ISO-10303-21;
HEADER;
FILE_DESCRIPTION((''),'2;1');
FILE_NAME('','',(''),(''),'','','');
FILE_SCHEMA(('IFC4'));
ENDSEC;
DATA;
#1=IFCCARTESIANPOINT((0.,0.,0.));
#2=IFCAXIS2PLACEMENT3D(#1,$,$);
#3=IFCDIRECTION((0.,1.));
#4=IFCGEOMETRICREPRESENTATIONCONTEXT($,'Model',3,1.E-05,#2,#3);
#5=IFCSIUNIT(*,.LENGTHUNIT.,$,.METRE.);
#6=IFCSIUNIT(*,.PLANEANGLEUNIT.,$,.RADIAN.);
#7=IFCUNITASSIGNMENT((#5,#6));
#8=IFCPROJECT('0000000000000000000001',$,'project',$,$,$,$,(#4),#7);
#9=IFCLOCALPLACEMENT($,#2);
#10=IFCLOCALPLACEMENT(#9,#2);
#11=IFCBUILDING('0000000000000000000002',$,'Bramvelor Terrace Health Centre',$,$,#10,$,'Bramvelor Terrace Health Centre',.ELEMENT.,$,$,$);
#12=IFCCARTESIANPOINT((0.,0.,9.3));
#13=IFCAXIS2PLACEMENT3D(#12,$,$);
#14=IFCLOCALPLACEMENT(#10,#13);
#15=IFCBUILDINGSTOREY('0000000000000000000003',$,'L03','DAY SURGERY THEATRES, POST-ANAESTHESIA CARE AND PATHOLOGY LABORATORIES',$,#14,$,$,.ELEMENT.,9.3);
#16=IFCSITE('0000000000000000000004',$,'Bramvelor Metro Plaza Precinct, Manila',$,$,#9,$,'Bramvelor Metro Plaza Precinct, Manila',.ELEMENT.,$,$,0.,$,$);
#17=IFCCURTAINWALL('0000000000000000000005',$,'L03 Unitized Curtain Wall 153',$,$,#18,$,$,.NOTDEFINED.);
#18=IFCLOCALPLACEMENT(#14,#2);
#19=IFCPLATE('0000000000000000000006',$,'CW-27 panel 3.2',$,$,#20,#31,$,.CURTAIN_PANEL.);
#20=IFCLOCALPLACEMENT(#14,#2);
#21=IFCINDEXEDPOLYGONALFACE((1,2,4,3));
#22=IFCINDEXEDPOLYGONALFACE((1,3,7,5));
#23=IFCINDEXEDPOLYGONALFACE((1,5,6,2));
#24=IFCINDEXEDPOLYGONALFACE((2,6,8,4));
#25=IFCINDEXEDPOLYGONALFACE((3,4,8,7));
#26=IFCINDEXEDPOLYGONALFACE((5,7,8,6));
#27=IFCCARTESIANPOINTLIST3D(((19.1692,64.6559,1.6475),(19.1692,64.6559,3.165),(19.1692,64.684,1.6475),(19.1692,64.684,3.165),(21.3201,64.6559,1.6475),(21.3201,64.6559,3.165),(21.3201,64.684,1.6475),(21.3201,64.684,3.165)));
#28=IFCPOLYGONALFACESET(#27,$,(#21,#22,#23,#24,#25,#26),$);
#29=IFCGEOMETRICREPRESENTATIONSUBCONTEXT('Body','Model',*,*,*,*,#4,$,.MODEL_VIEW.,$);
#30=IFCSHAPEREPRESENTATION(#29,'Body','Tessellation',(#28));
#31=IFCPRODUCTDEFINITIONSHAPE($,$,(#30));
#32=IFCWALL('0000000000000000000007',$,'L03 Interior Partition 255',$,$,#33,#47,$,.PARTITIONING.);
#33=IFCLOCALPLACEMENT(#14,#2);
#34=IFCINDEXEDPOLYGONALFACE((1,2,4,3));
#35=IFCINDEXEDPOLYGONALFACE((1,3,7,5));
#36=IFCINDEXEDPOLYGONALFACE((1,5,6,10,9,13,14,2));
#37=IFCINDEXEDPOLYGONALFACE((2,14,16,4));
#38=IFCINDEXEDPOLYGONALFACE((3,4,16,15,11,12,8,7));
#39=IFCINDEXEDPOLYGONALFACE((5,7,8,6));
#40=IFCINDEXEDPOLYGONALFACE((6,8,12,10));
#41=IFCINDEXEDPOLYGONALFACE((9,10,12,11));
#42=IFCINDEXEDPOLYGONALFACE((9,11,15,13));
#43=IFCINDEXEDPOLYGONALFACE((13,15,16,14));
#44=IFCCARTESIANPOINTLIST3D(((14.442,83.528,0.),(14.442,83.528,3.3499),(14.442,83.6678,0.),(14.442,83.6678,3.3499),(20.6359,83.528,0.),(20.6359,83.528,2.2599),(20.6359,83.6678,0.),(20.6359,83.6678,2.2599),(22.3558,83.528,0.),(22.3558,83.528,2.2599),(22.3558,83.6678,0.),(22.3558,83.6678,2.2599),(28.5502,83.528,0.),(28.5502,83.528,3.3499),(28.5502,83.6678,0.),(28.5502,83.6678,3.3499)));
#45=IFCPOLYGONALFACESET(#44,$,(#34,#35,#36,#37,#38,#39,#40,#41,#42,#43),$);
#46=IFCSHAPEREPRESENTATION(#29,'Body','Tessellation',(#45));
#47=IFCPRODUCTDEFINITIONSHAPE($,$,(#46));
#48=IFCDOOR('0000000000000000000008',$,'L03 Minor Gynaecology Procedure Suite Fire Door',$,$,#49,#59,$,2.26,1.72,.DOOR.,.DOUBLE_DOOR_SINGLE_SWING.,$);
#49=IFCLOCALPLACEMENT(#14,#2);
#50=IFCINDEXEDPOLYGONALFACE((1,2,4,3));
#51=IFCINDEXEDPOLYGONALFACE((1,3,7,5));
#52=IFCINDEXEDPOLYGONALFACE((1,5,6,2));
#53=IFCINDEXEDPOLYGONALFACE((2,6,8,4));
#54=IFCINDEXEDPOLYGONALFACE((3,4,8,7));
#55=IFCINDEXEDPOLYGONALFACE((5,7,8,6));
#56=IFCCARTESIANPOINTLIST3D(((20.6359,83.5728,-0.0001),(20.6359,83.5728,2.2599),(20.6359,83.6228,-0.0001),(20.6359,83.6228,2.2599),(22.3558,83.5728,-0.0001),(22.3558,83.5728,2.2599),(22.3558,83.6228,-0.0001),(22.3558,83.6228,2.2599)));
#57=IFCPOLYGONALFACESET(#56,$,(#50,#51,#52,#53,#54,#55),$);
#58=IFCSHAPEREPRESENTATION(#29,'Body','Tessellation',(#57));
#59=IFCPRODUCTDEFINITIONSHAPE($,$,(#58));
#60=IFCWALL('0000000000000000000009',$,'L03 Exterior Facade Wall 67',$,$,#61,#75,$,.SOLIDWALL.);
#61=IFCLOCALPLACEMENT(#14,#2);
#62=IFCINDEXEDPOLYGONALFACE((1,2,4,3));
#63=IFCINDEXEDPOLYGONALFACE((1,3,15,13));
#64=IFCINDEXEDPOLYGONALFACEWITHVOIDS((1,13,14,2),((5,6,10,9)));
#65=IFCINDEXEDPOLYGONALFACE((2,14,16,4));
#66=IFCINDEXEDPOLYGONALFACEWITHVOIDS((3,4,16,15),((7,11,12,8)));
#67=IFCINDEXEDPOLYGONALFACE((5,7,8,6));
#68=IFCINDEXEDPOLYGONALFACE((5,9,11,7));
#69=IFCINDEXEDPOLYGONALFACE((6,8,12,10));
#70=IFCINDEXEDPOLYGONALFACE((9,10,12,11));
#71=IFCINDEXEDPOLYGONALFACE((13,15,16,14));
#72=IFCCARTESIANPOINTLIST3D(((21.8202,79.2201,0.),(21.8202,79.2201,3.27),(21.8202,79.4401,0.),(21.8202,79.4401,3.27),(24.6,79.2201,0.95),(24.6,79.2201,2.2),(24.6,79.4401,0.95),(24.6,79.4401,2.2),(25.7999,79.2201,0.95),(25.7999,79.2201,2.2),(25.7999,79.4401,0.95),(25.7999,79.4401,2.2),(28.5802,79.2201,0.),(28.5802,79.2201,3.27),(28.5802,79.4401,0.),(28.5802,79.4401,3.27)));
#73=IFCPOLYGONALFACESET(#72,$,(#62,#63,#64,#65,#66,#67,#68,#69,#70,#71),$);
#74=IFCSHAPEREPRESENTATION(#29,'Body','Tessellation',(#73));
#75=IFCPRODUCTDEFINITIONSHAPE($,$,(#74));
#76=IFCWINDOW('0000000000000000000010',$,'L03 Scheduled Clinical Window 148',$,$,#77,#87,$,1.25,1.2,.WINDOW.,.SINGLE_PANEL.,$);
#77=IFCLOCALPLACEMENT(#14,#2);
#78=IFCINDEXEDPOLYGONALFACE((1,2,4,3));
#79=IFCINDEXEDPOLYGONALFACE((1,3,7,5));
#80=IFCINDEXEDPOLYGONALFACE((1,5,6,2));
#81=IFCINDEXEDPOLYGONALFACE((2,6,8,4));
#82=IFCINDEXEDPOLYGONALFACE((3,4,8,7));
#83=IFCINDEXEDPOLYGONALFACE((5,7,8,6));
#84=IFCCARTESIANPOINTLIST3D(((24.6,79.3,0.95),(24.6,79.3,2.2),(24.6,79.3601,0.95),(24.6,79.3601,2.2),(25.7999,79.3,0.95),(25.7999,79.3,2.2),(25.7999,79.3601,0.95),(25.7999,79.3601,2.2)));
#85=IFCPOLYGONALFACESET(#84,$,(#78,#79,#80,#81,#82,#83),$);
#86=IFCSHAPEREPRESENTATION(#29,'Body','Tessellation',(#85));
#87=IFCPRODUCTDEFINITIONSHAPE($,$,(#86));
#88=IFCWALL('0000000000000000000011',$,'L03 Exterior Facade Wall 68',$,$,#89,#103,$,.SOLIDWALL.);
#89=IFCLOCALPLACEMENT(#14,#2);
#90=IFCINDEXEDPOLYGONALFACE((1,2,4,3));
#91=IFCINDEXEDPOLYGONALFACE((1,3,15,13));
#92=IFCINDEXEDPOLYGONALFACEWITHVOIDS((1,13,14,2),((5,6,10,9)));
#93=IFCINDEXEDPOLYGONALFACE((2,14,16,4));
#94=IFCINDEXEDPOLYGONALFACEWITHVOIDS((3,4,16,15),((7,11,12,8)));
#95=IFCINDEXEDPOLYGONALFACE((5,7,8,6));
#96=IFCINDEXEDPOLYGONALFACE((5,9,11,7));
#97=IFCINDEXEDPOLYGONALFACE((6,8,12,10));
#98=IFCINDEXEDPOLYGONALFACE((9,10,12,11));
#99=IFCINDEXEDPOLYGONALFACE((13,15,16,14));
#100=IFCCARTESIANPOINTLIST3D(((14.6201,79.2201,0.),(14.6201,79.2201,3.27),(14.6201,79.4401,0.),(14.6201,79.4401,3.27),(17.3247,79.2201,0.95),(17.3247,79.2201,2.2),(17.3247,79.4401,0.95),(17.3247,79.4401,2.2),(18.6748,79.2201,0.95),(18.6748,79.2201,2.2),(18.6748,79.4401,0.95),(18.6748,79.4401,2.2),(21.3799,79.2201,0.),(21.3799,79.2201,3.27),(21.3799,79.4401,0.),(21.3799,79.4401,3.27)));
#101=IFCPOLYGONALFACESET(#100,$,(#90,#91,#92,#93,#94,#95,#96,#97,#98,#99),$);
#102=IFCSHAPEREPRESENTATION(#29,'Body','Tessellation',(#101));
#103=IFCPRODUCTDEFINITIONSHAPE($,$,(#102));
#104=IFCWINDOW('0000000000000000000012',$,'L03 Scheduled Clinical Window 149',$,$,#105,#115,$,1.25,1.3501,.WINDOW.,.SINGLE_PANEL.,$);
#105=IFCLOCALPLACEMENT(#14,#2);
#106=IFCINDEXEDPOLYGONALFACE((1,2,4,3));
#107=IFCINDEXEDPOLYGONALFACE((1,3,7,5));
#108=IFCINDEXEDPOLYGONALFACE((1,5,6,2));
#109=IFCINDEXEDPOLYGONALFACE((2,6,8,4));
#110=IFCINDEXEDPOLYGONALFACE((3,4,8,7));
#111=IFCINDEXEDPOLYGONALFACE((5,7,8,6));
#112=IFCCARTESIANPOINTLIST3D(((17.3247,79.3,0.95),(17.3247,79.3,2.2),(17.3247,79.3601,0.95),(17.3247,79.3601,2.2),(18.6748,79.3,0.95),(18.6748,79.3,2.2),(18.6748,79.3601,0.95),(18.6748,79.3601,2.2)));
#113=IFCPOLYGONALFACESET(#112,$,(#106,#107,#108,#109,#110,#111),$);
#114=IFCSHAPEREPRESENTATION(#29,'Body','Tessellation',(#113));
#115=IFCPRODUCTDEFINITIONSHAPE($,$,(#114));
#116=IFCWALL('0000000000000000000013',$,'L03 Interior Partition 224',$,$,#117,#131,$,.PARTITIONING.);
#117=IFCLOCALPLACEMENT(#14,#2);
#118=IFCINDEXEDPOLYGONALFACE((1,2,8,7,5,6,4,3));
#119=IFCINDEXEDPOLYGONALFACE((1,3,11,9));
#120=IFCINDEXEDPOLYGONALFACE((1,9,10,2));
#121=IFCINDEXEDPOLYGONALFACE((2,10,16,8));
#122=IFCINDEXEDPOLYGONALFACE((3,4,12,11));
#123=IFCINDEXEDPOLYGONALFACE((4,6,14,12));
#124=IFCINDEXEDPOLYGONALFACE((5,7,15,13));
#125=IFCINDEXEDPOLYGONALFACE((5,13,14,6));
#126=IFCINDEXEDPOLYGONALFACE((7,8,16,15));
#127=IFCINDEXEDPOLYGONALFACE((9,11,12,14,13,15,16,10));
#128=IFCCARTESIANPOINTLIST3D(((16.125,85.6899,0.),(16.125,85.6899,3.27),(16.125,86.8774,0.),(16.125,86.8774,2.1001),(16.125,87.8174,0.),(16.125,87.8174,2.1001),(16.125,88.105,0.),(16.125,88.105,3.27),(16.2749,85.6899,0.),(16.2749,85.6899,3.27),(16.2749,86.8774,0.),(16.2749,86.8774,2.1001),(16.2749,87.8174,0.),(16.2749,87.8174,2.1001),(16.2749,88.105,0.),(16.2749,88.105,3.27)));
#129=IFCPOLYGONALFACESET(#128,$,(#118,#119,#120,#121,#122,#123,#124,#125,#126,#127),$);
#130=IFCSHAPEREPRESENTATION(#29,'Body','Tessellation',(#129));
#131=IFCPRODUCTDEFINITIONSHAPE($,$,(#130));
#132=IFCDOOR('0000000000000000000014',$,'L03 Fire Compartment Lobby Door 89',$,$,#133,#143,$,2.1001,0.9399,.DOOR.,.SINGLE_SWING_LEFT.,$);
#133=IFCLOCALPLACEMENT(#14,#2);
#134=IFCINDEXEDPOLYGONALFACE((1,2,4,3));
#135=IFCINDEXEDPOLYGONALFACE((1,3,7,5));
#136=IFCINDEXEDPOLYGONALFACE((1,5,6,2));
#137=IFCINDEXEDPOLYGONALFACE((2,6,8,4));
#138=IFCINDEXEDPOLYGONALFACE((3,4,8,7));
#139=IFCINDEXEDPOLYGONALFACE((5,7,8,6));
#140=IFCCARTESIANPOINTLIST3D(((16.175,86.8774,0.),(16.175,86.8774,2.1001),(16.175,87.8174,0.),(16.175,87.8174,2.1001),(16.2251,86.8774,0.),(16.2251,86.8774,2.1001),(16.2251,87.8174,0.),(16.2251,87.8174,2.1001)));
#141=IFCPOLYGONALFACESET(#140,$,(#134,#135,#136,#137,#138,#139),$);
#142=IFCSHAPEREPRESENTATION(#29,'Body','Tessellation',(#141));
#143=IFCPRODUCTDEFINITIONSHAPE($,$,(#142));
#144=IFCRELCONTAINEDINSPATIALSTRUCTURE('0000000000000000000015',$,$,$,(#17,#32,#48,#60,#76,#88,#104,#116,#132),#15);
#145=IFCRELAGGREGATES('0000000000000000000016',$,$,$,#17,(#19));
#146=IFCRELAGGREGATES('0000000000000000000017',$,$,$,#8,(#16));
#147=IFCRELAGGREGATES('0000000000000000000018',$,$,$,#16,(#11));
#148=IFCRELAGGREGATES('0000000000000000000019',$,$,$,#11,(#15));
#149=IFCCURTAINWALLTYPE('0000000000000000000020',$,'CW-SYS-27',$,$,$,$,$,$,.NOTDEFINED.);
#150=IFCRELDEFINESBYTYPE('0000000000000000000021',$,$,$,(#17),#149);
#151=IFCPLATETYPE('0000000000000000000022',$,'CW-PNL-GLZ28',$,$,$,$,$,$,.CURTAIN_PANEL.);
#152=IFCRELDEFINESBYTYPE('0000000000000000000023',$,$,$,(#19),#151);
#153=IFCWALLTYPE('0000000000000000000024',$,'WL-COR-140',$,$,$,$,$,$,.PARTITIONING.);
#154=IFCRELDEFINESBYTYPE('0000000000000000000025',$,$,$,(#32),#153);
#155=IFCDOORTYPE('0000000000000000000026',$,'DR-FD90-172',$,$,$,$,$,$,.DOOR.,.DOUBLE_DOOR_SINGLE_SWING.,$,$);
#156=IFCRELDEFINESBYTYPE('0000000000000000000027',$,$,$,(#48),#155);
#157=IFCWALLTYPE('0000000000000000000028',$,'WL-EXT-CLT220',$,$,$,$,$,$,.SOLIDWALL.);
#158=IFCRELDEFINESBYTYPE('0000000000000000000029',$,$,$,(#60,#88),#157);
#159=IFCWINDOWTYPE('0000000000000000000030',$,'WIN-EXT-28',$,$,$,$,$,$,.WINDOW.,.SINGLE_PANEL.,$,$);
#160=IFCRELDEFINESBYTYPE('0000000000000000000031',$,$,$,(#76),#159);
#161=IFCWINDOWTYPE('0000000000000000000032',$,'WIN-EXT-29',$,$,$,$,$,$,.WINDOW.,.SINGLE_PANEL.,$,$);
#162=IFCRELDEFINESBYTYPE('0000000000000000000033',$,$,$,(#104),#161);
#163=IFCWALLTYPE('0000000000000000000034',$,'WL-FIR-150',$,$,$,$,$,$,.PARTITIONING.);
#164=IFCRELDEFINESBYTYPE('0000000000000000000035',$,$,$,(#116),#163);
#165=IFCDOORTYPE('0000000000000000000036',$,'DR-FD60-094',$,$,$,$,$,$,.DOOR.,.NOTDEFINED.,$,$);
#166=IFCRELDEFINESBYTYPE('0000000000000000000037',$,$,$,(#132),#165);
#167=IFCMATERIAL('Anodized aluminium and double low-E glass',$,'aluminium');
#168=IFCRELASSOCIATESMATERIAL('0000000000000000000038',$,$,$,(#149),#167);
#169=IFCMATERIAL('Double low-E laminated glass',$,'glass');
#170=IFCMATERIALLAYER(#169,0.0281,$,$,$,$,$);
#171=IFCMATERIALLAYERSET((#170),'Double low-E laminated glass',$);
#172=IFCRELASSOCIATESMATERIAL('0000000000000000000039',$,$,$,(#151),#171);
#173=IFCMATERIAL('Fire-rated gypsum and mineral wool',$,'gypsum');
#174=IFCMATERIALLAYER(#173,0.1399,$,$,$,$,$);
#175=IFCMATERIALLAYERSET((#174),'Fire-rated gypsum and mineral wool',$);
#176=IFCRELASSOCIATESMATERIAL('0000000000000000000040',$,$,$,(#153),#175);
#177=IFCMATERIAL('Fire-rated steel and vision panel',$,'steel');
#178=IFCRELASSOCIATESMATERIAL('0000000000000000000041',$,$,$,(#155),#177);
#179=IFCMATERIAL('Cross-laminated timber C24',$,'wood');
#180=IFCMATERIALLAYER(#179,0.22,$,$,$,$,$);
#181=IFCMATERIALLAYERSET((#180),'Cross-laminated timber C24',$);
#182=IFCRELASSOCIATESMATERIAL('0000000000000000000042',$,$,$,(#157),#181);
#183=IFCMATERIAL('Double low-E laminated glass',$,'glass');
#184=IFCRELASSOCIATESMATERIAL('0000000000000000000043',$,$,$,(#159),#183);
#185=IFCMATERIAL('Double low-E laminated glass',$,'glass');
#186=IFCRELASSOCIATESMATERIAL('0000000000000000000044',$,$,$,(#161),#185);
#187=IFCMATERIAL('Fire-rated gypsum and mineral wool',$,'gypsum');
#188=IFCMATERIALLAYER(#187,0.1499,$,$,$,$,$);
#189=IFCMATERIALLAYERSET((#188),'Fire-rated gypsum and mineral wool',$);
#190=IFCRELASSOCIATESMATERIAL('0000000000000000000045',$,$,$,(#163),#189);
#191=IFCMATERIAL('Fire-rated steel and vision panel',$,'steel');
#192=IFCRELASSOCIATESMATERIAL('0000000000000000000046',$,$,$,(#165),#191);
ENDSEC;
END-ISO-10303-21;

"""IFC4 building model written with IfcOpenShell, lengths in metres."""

from ifc_helpers import new_model, si_unit, direction, frame, frame_2d, origin, origin_2d, place, context, subcontext, project, spatial, rectangle, extrude, material, layer, layer_set, type_object, element, fill, aggregate, save


model = new_model("IFC4")

# Units and contexts
model_context = context("Model", 3, precision=1e-05, world=origin(), true_north=direction((0.0, 1.0)))
body_context = subcontext(model_context, "Body", "Model", "MODEL_VIEW")
ifc_project = project(units=[si_unit("LENGTHUNIT", "METRE"), si_unit("PLANEANGLEUNIT", "RADIAN")], contexts=[model_context])

# Site, building, storey
site_placement = place(None, origin())
site = spatial("IfcSite", under=ifc_project, at=site_placement, Name="Bramvelor Metro Plaza Precinct, Manila", LongName="Bramvelor Metro Plaza Precinct, Manila", CompositionType="ELEMENT", RefElevation=0.0)
building_placement = place(site_placement, origin())
building = spatial("IfcBuilding", under=site, at=building_placement, Name="Bramvelor Terrace Health Centre", LongName="Bramvelor Terrace Health Centre", CompositionType="ELEMENT")
storey_placement = place(building_placement, frame((0.0, 0.0, 9.3)))
storey = spatial("IfcBuildingStorey", under=building, at=storey_placement, Name="L03", Description="DAY SURGERY THEATRES, POST-ANAESTHESIA CARE AND PATHOLOGY LABORATORIES", CompositionType="ELEMENT", Elevation=9.3)

# Curtain wall, plate
ifc_material_1 = material(Name="Anodized aluminium and double low-E glass", Category="aluminium")
curtain_wall_type = type_object("IfcCurtainWallType", Name="CW-SYS-27", PredefinedType="NOTDEFINED", material=ifc_material_1)
curtain_wall_placement = place(storey_placement, origin())
curtain_wall = element("IfcCurtainWall", 1, at=curtain_wall_placement, inside=storey, type_object=curtain_wall_type, Name="L03 Unitized Curtain Wall 153", PredefinedType="NOTDEFINED")
ifc_material_2 = material(Name="Double low-E laminated glass", Category="glass")
ifc_layer_1 = layer(ifc_material_2, 0.0281)
ifc_layer_set_1 = layer_set([ifc_layer_1], Name="Double low-E laminated glass")
plate_type = type_object("IfcPlateType", Name="CW-PNL-GLZ28", PredefinedType="CURTAIN_PANEL", material=ifc_layer_set_1)
plate_1_placement = place(storey_placement, frame((20.2446, 64.6699, 1.6475), z_axis=(0.0, 0.0, 1.0), x_axis=(1.0, 0.0, 0.0)))
plate_1 = element("IfcPlate", 2, at=plate_1_placement, type_object=plate_type, Name="CW-27 panel 3.2", PredefinedType="CURTAIN_PANEL", context=body_context, shape_type="SweptSolid", body=[
    extrude(rectangle(XDim=2.1509, YDim=0.0281, at=origin_2d()), origin(), (0.0, 0.0, 1.0), 1.5176),
])
aggregate(curtain_wall, [plate_1])

# Wall, opening, door
ifc_material_3 = material(Name="Fire-rated gypsum and mineral wool", Category="gypsum")
ifc_layer_2 = layer(ifc_material_3, 0.1399)
ifc_layer_set_2 = layer_set([ifc_layer_2], Name="Fire-rated gypsum and mineral wool")
wall_type_1 = type_object("IfcWallType", Name="WL-COR-140", PredefinedType="PARTITIONING", material=ifc_layer_set_2)
wall_1_placement = place(storey_placement, frame((14.4419, 83.5979, 0.0), z_axis=(0.0, 0.0, 1.0), x_axis=(1.0, 0.0, 0.0)))
wall_1 = element("IfcWall", 3, at=wall_1_placement, inside=storey, type_object=wall_type_1, Name="L03 Interior Partition 255", PredefinedType="PARTITIONING", context=body_context, shape_type="SweptSolid", body=[
    extrude(rectangle(XDim=14.1082, YDim=0.1399, at=frame_2d((7.0542, 0.0))), origin(), (0.0, 0.0, 1.0), 3.3499),
])
opening_1_placement = place(wall_1_placement, frame((6.1941, 0.0, 0.0)))
opening_1 = element("IfcOpeningElement", 4, at=opening_1_placement, cuts=wall_1, PredefinedType="OPENING", context=body_context, shape_type="SweptSolid", body=[
    extrude(rectangle(XDim=1.72, YDim=2.26, at=frame_2d((0.8599, 1.1299))), frame((0.0, 0.0798, 0.0), z_axis=(0.0, -1.0, 0.0), x_axis=(1.0, 0.0, 0.0)), (0.0, 0.0, 1.0), 0.1599),
])
ifc_material_4 = material(Name="Fire-rated steel and vision panel", Category="steel")
door_type_1 = type_object("IfcDoorType", Name="DR-FD90-172", OperationType="DOUBLE_DOOR_SINGLE_SWING", PredefinedType="DOOR", material=ifc_material_4)
door_1_placement = place(opening_1_placement, origin())
door_1 = element("IfcDoor", 5, at=door_1_placement, inside=storey, type_object=door_type_1, Name="L03 Minor Gynaecology Procedure Suite Fire Door", OperationType="DOUBLE_DOOR_SINGLE_SWING", OverallHeight=2.26, OverallWidth=1.72, PredefinedType="DOOR", context=body_context, shape_type="SweptSolid", body=[
    extrude(rectangle(XDim=1.72, YDim=2.26, at=frame_2d((0.8599, 1.1299))), frame((0.0, 0.0249, 0.0), z_axis=(0.0, -1.0, 0.0), x_axis=(1.0, 0.0, 0.0)), (0.0, 0.0, 1.0), 0.05),
])
fill(opening_1, door_1)

# Walls, openings, windows
ifc_material_5 = material(Name="Cross-laminated timber C24", Category="wood")
ifc_layer_3 = layer(ifc_material_5, 0.22)
ifc_layer_set_3 = layer_set([ifc_layer_3], Name="Cross-laminated timber C24")
wall_type_2 = type_object("IfcWallType", Name="WL-EXT-CLT220", PredefinedType="SOLIDWALL", material=ifc_layer_set_3)
wall_2_placement = place(storey_placement, frame((28.5801, 79.3301, 0.0), z_axis=(0.0, 0.0, 1.0), x_axis=(-1.0, 0.0, 0.0)))
wall_2 = element("IfcWall", 6, at=wall_2_placement, inside=storey, type_object=wall_type_2, Name="L03 Exterior Facade Wall 67", PredefinedType="SOLIDWALL", context=body_context, shape_type="SweptSolid", body=[
    extrude(rectangle(XDim=6.76, YDim=0.22, at=frame_2d((3.3799, 0.0))), origin(), (0.0, 0.0, 1.0), 3.27),
])
opening_2_placement = place(wall_2_placement, frame((2.78, 0.0, 0.95)))
opening_2 = element("IfcOpeningElement", 7, at=opening_2_placement, cuts=wall_2, PredefinedType="OPENING", context=body_context, shape_type="SweptSolid", body=[
    extrude(rectangle(XDim=1.2, YDim=1.25, at=frame_2d((0.6001, 0.625))), frame((0.0, 0.1199, 0.0), z_axis=(0.0, -1.0, 0.0), x_axis=(1.0, 0.0, 0.0)), (0.0, 0.0, 1.0), 0.24),
])
ifc_material_6 = material(Name="Double low-E laminated glass", Category="glass")
window_type_1 = type_object("IfcWindowType", Name="WIN-EXT-28", PartitioningType="SINGLE_PANEL", PredefinedType="WINDOW", material=ifc_material_6)
window_1_placement = place(opening_2_placement, origin())
window_1 = element("IfcWindow", 8, at=window_1_placement, inside=storey, type_object=window_type_1, Name="L03 Scheduled Clinical Window 148", OverallHeight=1.25, OverallWidth=1.2, PartitioningType="SINGLE_PANEL", PredefinedType="WINDOW", context=body_context, shape_type="SweptSolid", body=[
    extrude(rectangle(XDim=1.2, YDim=1.25, at=frame_2d((0.6001, 0.625))), frame((0.0, 0.03, 0.0), z_axis=(0.0, -1.0, 0.0), x_axis=(1.0, 0.0, 0.0)), (0.0, 0.0, 1.0), 0.0601),
])
fill(opening_2, window_1)
wall_3_placement = place(storey_placement, frame((21.3799, 79.3301, 0.0), z_axis=(0.0, 0.0, 1.0), x_axis=(-1.0, 0.0, 0.0)))
wall_3 = element("IfcWall", 9, at=wall_3_placement, inside=storey, type_object=wall_type_2, Name="L03 Exterior Facade Wall 68", PredefinedType="SOLIDWALL", context=body_context, shape_type="SweptSolid", body=[
    extrude(rectangle(XDim=6.7598, YDim=0.22, at=frame_2d((3.3799, 0.0))), origin(), (0.0, 0.0, 1.0), 3.27),
])
opening_3_placement = place(wall_3_placement, frame((2.7051, 0.0, 0.95)))
opening_3 = element("IfcOpeningElement", 10, at=opening_3_placement, cuts=wall_3, PredefinedType="OPENING", context=body_context, shape_type="SweptSolid", body=[
    extrude(rectangle(XDim=1.3501, YDim=1.25, at=frame_2d((0.675, 0.625))), frame((0.0, 0.1199, 0.0), z_axis=(0.0, -1.0, 0.0), x_axis=(1.0, 0.0, 0.0)), (0.0, 0.0, 1.0), 0.24),
])
ifc_material_7 = material(Name="Double low-E laminated glass", Category="glass")
window_type_2 = type_object("IfcWindowType", Name="WIN-EXT-29", PartitioningType="SINGLE_PANEL", PredefinedType="WINDOW", material=ifc_material_7)
window_2_placement = place(opening_3_placement, origin())
window_2 = element("IfcWindow", 11, at=window_2_placement, inside=storey, type_object=window_type_2, Name="L03 Scheduled Clinical Window 149", OverallHeight=1.25, OverallWidth=1.3501, PartitioningType="SINGLE_PANEL", PredefinedType="WINDOW", context=body_context, shape_type="SweptSolid", body=[
    extrude(rectangle(XDim=1.3501, YDim=1.25, at=frame_2d((0.675, 0.625))), frame((0.0, 0.03, 0.0), z_axis=(0.0, -1.0, 0.0), x_axis=(1.0, 0.0, 0.0)), (0.0, 0.0, 1.0), 0.0601),
])
fill(opening_3, window_2)

# Wall, opening, door
ifc_material_8 = material(Name="Fire-rated gypsum and mineral wool", Category="gypsum")
ifc_layer_4 = layer(ifc_material_8, 0.1499)
ifc_layer_set_4 = layer_set([ifc_layer_4], Name="Fire-rated gypsum and mineral wool")
wall_type_3 = type_object("IfcWallType", Name="WL-FIR-150", PredefinedType="PARTITIONING", material=ifc_layer_set_4)
wall_4_placement = place(storey_placement, frame((16.2, 85.6899, 0.0), z_axis=(0.0, 0.0, 1.0), x_axis=(0.0, 1.0, 0.0)))
wall_4 = element("IfcWall", 12, at=wall_4_placement, inside=storey, type_object=wall_type_3, Name="L03 Interior Partition 224", PredefinedType="PARTITIONING", context=body_context, shape_type="SweptSolid", body=[
    extrude(rectangle(XDim=2.415, YDim=0.1499, at=frame_2d((1.2075, 0.0))), origin(), (0.0, 0.0, 1.0), 3.27),
])
opening_4_placement = place(wall_4_placement, frame((1.1875, 0.0, 0.0)))
opening_4 = element("IfcOpeningElement", 13, at=opening_4_placement, cuts=wall_4, PredefinedType="OPENING", context=body_context, shape_type="SweptSolid", body=[
    extrude(rectangle(XDim=0.9399, YDim=2.1001, at=frame_2d((0.47, 1.05))), frame((0.0, 0.085, 0.0), z_axis=(0.0, -1.0, 0.0), x_axis=(1.0, 0.0, 0.0)), (0.0, 0.0, 1.0), 0.1699),
])
ifc_material_9 = material(Name="Fire-rated steel and vision panel", Category="steel")
door_type_2 = type_object("IfcDoorType", Name="DR-FD60-094", OperationType="NOTDEFINED", PredefinedType="DOOR", material=ifc_material_9)
door_2_placement = place(opening_4_placement, origin())
door_2 = element("IfcDoor", 14, at=door_2_placement, inside=storey, type_object=door_type_2, Name="L03 Fire Compartment Lobby Door 89", OperationType="SINGLE_SWING_LEFT", OverallHeight=2.1001, OverallWidth=0.9399, PredefinedType="DOOR", context=body_context, shape_type="SweptSolid", body=[
    extrude(rectangle(XDim=0.9399, YDim=2.1001, at=frame_2d((0.47, 1.05))), frame((0.0, 0.0249, 0.0), z_axis=(0.0, -1.0, 0.0), x_axis=(1.0, 0.0, 0.0)), (0.0, 0.0, 1.0), 0.05),
])
fill(opening_4, door_2)

save(model, "model.ifc")
